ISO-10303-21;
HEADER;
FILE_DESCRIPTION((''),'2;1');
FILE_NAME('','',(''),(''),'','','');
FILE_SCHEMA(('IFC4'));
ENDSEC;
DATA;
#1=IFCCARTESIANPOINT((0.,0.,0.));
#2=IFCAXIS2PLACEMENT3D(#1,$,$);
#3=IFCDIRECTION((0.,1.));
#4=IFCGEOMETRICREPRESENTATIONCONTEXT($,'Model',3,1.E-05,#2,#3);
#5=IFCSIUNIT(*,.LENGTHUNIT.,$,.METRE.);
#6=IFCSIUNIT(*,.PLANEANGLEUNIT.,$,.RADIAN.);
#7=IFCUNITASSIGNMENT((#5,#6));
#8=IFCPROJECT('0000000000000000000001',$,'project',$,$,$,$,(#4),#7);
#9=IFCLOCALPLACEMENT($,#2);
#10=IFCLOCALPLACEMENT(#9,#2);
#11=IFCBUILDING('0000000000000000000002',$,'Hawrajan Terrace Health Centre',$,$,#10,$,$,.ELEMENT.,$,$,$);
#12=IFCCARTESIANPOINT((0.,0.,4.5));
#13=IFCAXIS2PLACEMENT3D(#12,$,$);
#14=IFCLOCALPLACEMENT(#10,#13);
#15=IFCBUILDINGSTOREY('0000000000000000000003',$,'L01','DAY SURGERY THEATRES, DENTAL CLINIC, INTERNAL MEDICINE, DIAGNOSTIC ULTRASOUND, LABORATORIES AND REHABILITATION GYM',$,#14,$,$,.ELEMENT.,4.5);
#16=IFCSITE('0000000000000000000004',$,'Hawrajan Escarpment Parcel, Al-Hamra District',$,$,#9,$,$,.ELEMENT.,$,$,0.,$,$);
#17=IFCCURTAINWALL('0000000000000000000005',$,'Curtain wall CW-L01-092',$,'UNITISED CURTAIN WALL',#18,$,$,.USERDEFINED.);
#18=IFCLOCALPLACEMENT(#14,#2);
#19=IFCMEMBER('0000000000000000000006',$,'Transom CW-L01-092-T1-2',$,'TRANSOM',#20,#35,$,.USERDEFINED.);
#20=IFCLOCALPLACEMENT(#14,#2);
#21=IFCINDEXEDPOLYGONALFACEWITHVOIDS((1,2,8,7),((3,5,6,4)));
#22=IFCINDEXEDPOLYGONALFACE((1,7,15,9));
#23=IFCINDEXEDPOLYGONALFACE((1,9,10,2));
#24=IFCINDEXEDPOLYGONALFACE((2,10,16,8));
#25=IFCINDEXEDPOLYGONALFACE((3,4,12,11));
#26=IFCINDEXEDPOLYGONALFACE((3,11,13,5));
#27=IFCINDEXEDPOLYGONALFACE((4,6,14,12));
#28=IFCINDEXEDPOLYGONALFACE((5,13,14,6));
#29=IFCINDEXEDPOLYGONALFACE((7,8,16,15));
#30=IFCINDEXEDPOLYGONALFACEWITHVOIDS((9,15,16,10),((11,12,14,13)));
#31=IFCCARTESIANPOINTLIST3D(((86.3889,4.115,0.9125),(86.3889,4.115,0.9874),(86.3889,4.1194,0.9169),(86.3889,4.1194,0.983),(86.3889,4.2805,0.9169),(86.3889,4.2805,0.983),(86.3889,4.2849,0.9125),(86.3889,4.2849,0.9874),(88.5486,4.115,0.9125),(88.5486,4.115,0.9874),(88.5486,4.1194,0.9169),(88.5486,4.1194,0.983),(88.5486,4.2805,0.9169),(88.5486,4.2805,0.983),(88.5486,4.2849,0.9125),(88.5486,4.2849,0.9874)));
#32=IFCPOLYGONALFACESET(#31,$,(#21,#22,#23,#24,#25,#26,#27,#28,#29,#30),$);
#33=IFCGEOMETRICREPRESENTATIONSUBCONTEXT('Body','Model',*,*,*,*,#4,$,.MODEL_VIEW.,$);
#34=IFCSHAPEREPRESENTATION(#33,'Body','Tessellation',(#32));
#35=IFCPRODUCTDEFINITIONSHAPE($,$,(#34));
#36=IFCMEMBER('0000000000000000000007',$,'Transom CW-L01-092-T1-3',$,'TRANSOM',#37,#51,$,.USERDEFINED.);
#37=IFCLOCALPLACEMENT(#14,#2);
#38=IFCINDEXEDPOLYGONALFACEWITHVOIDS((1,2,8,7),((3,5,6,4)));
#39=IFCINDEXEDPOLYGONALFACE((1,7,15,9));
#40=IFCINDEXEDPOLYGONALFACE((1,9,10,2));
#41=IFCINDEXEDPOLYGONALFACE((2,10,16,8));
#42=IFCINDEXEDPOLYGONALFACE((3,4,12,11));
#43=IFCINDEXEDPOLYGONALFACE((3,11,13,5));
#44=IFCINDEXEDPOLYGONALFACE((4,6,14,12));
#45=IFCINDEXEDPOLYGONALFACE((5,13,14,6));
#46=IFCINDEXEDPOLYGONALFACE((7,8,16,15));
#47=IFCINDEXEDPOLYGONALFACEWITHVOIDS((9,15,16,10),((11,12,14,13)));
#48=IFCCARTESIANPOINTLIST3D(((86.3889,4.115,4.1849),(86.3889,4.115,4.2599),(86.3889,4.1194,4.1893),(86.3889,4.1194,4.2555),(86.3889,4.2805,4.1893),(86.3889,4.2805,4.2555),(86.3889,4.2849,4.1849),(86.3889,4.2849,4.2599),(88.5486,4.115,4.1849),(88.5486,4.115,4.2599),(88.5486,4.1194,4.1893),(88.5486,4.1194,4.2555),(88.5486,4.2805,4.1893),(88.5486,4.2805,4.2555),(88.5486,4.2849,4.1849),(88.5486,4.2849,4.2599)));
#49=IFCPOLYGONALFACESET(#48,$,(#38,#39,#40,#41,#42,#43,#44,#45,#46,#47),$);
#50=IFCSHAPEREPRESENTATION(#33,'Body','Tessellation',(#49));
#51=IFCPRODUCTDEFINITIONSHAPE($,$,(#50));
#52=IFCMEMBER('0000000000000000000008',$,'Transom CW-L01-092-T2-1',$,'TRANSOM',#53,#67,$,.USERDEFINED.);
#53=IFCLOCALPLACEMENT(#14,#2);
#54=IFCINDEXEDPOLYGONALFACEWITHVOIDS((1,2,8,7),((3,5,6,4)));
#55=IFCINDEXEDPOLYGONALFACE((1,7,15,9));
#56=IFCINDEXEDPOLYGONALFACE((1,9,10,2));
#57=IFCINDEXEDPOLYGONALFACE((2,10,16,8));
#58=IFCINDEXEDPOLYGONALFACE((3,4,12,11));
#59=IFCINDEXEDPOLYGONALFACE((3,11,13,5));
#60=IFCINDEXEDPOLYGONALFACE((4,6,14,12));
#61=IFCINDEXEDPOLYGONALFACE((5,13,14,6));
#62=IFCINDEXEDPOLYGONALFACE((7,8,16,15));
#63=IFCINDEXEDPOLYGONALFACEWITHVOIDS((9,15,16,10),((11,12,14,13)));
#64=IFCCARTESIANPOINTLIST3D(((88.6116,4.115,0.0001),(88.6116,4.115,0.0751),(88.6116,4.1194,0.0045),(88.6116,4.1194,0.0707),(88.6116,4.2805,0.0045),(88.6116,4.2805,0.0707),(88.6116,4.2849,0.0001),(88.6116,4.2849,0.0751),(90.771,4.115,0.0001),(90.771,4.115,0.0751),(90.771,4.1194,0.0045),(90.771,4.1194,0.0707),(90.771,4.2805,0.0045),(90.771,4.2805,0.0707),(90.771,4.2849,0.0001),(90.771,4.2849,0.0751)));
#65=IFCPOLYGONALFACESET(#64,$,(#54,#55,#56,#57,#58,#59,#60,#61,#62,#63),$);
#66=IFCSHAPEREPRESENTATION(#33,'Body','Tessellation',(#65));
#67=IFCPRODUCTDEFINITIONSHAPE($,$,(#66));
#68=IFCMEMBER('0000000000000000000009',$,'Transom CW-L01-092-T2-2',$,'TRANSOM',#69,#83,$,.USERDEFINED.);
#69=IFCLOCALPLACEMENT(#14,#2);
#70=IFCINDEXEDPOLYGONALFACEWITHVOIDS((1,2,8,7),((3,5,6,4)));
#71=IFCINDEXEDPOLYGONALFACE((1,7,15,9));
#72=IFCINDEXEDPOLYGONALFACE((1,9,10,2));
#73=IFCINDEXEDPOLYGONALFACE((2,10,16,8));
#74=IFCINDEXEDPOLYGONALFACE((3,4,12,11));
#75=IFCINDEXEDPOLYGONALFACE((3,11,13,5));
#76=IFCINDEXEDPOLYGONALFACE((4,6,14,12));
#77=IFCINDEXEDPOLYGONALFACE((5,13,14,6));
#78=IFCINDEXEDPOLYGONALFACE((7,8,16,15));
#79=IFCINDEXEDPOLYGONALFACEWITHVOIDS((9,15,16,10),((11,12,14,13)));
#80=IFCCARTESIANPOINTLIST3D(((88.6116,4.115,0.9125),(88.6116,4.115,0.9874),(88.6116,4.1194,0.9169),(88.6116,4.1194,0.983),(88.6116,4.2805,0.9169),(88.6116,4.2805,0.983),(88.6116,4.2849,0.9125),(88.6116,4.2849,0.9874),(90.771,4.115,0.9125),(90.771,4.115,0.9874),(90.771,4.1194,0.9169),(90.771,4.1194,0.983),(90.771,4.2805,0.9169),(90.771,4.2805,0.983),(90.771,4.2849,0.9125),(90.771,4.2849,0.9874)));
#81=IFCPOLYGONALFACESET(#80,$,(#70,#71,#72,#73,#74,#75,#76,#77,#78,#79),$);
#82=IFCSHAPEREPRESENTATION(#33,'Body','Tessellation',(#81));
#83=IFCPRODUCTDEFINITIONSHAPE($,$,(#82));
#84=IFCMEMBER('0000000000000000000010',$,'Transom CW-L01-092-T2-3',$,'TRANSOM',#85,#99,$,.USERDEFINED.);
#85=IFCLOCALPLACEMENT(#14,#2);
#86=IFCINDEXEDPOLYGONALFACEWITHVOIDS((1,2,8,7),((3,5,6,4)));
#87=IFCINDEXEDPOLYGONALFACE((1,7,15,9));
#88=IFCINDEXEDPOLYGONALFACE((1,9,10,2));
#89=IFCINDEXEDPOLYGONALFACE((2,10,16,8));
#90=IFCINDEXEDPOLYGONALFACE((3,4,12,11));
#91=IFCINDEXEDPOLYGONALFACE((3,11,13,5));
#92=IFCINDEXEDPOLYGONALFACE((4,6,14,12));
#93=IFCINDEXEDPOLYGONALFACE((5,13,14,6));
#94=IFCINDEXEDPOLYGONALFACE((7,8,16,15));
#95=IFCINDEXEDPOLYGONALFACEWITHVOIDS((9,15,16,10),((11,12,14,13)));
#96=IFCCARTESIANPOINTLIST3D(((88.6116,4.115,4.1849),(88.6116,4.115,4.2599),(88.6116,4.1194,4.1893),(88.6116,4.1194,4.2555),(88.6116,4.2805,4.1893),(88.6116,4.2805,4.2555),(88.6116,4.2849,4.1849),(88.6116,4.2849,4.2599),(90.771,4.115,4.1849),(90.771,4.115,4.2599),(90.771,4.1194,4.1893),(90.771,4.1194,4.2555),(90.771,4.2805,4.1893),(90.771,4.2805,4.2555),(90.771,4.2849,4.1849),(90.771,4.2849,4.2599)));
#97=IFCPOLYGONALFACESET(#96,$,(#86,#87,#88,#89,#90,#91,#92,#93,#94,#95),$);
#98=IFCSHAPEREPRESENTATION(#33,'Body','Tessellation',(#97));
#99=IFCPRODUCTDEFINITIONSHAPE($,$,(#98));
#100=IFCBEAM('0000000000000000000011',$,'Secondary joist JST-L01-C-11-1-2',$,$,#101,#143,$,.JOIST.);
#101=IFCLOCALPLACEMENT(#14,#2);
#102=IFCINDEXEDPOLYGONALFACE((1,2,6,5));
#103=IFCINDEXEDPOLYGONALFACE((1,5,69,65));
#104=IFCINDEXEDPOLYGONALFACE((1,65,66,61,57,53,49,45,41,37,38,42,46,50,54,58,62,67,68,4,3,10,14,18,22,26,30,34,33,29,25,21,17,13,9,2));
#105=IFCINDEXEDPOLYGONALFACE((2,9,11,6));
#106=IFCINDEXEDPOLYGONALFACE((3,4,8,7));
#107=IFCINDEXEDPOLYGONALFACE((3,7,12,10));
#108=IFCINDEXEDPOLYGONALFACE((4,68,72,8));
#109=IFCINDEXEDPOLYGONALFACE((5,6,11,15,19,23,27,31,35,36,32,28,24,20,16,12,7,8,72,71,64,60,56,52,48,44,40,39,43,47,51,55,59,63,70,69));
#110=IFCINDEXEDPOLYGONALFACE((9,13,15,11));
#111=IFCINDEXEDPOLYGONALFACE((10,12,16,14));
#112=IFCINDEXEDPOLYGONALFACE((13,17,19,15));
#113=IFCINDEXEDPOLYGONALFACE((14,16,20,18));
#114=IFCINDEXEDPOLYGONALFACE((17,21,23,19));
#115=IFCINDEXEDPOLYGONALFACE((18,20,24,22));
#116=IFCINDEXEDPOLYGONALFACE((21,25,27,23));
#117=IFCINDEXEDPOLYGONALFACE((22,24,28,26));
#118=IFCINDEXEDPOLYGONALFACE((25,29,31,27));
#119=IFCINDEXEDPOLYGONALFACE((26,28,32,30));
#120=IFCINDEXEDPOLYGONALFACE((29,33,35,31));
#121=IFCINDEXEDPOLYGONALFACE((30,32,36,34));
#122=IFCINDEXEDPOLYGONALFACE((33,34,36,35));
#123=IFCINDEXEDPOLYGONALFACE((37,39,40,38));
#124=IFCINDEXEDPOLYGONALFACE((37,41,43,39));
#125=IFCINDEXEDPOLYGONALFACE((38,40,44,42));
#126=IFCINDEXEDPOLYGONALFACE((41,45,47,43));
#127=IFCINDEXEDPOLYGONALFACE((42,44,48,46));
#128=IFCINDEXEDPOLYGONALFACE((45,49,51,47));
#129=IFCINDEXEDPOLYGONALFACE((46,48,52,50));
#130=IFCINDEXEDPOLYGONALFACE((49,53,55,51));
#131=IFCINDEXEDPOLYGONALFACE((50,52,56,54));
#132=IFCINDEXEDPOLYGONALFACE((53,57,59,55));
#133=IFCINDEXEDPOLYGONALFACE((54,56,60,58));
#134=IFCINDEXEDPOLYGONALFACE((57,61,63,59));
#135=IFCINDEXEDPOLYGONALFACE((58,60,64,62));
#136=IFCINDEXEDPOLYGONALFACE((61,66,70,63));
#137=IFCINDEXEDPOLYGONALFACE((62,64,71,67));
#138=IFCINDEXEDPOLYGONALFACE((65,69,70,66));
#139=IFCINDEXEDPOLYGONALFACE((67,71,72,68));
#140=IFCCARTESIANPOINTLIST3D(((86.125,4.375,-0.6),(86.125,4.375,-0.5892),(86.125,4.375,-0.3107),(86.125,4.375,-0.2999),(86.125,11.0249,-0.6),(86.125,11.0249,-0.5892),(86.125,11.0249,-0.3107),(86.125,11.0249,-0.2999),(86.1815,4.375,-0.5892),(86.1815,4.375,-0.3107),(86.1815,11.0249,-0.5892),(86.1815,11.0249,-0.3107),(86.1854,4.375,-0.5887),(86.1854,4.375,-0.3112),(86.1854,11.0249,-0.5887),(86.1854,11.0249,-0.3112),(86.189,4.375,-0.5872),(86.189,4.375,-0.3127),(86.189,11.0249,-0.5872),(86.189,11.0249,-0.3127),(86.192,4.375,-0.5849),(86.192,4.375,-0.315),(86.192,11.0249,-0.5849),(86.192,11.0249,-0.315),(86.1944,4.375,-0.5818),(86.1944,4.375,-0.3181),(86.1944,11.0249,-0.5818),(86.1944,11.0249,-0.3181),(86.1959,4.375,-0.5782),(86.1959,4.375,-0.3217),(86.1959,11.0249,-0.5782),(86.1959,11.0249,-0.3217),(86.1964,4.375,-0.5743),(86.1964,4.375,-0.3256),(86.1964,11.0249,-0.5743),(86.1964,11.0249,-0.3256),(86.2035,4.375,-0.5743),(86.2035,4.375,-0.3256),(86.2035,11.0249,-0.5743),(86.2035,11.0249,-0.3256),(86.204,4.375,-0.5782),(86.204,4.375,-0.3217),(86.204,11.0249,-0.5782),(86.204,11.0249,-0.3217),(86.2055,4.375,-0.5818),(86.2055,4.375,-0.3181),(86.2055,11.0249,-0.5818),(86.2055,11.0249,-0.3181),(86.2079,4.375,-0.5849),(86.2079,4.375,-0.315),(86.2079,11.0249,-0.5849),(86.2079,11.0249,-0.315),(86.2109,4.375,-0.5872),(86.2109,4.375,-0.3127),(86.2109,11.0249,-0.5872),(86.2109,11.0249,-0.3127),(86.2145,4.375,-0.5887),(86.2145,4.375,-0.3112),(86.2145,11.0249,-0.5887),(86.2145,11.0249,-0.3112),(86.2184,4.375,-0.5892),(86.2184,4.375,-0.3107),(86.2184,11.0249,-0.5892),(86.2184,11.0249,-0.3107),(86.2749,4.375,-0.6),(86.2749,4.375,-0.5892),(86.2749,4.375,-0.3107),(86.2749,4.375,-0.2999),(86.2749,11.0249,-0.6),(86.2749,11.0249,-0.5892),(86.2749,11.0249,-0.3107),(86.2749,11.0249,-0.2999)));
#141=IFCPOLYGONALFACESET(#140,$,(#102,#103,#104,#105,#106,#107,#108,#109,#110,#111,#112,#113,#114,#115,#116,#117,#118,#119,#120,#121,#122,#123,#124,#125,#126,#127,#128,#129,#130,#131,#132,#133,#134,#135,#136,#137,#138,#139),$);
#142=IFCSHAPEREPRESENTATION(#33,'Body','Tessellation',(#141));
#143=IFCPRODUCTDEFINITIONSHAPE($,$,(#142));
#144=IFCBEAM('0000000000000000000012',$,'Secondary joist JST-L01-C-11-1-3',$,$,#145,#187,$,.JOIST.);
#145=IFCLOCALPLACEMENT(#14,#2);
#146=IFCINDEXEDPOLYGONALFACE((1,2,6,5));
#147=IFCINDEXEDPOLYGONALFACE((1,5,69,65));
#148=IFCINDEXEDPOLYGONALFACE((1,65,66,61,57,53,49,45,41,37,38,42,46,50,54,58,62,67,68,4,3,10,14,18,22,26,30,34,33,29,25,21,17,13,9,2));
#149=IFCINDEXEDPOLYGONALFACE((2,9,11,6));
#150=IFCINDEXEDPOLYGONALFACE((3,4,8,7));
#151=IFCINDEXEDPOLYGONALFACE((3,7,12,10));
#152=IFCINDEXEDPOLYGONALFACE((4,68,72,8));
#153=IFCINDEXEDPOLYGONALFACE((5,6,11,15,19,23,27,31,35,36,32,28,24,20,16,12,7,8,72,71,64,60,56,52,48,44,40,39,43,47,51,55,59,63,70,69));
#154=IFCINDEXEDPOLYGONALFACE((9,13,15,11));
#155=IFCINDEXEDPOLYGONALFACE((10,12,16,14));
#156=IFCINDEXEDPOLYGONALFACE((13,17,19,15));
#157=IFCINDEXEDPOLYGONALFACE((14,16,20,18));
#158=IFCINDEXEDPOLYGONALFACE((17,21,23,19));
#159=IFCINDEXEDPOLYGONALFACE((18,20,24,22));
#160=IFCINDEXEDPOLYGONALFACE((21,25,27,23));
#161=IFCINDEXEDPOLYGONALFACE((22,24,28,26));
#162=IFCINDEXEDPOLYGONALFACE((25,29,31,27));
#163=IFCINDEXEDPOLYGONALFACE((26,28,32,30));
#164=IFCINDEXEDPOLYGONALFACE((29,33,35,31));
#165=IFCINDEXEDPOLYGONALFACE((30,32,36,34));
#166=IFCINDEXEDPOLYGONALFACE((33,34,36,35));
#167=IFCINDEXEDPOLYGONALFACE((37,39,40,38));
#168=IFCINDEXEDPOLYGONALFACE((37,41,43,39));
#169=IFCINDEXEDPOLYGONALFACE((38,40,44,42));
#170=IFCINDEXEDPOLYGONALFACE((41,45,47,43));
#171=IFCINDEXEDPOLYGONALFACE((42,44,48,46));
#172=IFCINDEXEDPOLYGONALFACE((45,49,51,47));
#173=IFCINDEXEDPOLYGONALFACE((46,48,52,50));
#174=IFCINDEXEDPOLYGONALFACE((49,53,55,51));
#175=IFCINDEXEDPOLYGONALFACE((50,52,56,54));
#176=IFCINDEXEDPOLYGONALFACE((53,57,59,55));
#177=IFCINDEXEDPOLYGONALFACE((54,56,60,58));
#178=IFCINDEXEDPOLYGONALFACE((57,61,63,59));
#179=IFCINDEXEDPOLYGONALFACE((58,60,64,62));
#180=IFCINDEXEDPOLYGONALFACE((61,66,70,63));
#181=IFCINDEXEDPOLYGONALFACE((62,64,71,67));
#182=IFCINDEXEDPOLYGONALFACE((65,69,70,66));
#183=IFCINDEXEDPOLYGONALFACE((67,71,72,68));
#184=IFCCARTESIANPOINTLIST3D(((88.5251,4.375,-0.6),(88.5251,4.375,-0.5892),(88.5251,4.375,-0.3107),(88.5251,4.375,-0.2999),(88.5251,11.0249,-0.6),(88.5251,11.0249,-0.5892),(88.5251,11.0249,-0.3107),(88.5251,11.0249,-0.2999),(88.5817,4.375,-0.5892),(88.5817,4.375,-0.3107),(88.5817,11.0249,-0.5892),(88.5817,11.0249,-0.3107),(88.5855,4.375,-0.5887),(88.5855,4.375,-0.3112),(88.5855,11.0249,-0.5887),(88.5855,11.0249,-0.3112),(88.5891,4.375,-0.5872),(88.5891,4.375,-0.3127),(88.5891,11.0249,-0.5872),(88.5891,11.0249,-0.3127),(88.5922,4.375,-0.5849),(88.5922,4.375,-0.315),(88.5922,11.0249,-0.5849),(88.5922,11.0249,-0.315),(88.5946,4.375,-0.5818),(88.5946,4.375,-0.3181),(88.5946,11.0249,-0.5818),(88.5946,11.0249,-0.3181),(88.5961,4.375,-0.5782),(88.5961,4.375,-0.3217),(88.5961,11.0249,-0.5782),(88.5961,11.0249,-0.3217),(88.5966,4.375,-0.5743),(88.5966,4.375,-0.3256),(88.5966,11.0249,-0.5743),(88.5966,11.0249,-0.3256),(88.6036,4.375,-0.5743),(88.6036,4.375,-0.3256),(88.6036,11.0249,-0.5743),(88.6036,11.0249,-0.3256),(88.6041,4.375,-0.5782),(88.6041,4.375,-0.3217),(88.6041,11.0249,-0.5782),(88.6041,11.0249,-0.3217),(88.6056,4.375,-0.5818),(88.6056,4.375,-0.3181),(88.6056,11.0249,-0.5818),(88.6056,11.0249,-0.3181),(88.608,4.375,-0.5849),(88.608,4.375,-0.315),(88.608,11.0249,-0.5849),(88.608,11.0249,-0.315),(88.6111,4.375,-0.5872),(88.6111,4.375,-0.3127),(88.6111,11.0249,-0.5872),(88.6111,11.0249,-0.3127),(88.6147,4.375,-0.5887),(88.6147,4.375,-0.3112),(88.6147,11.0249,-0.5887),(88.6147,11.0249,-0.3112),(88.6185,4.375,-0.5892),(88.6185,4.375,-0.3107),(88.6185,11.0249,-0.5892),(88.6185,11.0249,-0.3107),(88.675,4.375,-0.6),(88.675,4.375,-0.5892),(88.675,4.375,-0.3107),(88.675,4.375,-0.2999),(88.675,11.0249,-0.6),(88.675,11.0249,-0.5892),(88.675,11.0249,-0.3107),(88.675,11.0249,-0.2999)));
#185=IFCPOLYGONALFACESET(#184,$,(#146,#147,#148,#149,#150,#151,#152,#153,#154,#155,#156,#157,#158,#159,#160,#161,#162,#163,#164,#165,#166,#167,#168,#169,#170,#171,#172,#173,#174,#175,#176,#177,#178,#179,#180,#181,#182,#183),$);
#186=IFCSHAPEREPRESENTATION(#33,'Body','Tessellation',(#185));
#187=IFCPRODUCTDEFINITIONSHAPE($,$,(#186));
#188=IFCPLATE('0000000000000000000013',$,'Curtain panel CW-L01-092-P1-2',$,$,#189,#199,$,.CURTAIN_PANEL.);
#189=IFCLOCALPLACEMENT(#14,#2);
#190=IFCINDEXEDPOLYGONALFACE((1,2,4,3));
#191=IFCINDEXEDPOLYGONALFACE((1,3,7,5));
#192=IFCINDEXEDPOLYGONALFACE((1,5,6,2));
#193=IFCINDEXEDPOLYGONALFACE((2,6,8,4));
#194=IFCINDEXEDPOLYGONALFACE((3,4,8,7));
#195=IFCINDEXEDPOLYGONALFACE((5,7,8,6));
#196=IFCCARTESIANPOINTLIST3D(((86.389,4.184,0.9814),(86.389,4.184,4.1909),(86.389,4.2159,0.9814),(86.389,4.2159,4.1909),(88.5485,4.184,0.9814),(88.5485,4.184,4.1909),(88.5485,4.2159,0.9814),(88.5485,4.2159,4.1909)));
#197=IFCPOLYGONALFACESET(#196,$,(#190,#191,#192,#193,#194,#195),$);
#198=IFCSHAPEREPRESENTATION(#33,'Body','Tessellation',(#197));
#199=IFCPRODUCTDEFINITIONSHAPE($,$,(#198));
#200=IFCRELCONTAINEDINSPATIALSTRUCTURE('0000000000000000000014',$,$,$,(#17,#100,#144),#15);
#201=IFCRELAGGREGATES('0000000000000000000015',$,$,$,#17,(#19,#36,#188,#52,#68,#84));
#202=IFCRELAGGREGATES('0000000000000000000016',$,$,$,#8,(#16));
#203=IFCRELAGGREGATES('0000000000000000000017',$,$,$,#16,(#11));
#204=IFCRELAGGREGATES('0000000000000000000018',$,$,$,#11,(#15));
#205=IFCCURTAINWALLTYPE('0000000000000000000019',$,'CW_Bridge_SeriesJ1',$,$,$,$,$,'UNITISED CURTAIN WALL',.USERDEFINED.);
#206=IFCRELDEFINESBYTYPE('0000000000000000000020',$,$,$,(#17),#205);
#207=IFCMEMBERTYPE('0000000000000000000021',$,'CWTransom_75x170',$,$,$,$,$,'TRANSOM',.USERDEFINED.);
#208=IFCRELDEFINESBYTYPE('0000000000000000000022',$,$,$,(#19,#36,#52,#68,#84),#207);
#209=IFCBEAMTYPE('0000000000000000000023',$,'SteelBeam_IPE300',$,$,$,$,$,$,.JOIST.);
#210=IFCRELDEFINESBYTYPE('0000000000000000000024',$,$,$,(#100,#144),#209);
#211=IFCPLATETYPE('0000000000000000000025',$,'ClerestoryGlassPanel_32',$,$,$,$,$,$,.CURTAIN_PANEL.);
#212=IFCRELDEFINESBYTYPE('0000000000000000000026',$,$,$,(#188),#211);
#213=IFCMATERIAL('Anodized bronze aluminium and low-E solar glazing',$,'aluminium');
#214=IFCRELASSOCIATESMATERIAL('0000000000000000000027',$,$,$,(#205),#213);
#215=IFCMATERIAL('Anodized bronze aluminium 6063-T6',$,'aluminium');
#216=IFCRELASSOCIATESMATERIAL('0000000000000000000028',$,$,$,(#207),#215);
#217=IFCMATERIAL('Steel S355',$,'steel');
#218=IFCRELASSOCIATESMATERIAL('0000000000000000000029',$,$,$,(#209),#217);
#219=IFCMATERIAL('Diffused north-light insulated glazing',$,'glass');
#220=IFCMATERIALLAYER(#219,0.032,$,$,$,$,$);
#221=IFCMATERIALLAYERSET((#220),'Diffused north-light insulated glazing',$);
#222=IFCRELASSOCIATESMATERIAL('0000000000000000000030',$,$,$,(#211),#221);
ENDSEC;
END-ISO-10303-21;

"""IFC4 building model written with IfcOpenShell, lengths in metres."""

from ifc_helpers import new_model, si_unit, direction, frame, origin, origin_2d, place, context, subcontext, project, spatial, rectangle, hollow_rectangle, i_section, extrude, material, layer, layer_set, material_profile, profile_set, type_object, element, aggregate, save


model = new_model("IFC4")

# Units and contexts
model_context = context("Model", 3, precision=1e-05, world=origin(), true_north=direction((0.0, 1.0)))
body_context = subcontext(model_context, "Body", "Model", "MODEL_VIEW")
ifc_project = project(units=[si_unit("LENGTHUNIT", "METRE"), si_unit("PLANEANGLEUNIT", "RADIAN")], contexts=[model_context])

# Site, building, storey
site_placement = place(None, origin())
site = spatial("IfcSite", under=ifc_project, at=site_placement, Name="Hawrajan Escarpment Parcel, Al-Hamra District", CompositionType="ELEMENT", RefElevation=0.0)
building_placement = place(site_placement, origin())
building = spatial("IfcBuilding", under=site, at=building_placement, Name="Hawrajan Terrace Health Centre", CompositionType="ELEMENT")
storey_placement = place(building_placement, frame((0.0, 0.0, 4.5)))
storey = spatial("IfcBuildingStorey", under=building, at=storey_placement, Name="L01", Description="DAY SURGERY THEATRES, DENTAL CLINIC, INTERNAL MEDICINE, DIAGNOSTIC ULTRASOUND, LABORATORIES AND REHABILITATION GYM", CompositionType="ELEMENT", Elevation=4.5)

# Curtain wall
ifc_material_1 = material(Name="Anodized bronze aluminium and low-E solar glazing", Category="aluminium")
ifc_material_2 = material(Name="Anodized bronze aluminium 6063-T6", Category="aluminium")
curtain_wall_type_1 = type_object("IfcCurtainWallType", Name="CW_Bridge_SeriesJ1", ElementType="UNITISED CURTAIN WALL", PredefinedType="USERDEFINED", material=ifc_material_1)
curtain_wall_1_placement = place(storey_placement, origin())
curtain_wall_1 = element("IfcCurtainWall", 1, at=curtain_wall_1_placement, inside=storey, type_object=curtain_wall_type_1, Name="Curtain wall CW-L01-092", ObjectType="UNITISED CURTAIN WALL", PredefinedType="USERDEFINED")

# Members
ifc_material_profile_1 = material_profile(ifc_material_2, hollow_rectangle(XDim=0.075, YDim=0.1699, WallThickness=0.0044, at=origin_2d()), Name="CW TRN 75x170")
ifc_profile_set_1 = profile_set([ifc_material_profile_1], Name="Anodized bronze aluminium 6063-T6")
member_type_1 = type_object("IfcMemberType", Name="CWTransom_75x170", ElementType="TRANSOM", PredefinedType="USERDEFINED", material=ifc_profile_set_1)
member_1_placement = place(storey_placement, frame((86.3889, 4.2, 0.95), z_axis=(1.0, 0.0, 0.0), x_axis=(0.0, 0.0, 1.0)))
member_1 = element("IfcMember", 2, at=member_1_placement, type_object=member_type_1, Name="Transom CW-L01-092-T1-2", ObjectType="TRANSOM", PredefinedType="USERDEFINED", context=body_context, shape_type="SweptSolid", body=[
    extrude(hollow_rectangle(XDim=0.075, YDim=0.1699, WallThickness=0.0044, at=origin_2d()), origin(), (0.0, 0.0, 1.0), 2.1597),
])
member_2_placement = place(storey_placement, frame((86.3889, 4.2, 4.2224), z_axis=(1.0, 0.0, 0.0), x_axis=(0.0, 0.0, 1.0)))
member_2 = element("IfcMember", 3, at=member_2_placement, type_object=member_type_1, Name="Transom CW-L01-092-T1-3", ObjectType="TRANSOM", PredefinedType="USERDEFINED", context=body_context, shape_type="SweptSolid", body=[
    extrude(hollow_rectangle(XDim=0.075, YDim=0.1699, WallThickness=0.0044, at=origin_2d()), origin(), (0.0, 0.0, 1.0), 2.1597),
])
member_3_placement = place(storey_placement, frame((88.6116, 4.2, 0.0376), z_axis=(1.0, 0.0, 0.0), x_axis=(0.0, 0.0, 1.0)))
member_3 = element("IfcMember", 4, at=member_3_placement, type_object=member_type_1, Name="Transom CW-L01-092-T2-1", ObjectType="TRANSOM", PredefinedType="USERDEFINED", context=body_context, shape_type="SweptSolid", body=[
    extrude(hollow_rectangle(XDim=0.075, YDim=0.1699, WallThickness=0.0044, at=origin_2d()), origin(), (0.0, 0.0, 1.0), 2.1594),
])
member_4_placement = place(storey_placement, frame((88.6116, 4.2, 0.95), z_axis=(1.0, 0.0, 0.0), x_axis=(0.0, 0.0, 1.0)))
member_4 = element("IfcMember", 5, at=member_4_placement, type_object=member_type_1, Name="Transom CW-L01-092-T2-2", ObjectType="TRANSOM", PredefinedType="USERDEFINED", context=body_context, shape_type="SweptSolid", body=[
    extrude(hollow_rectangle(XDim=0.075, YDim=0.1699, WallThickness=0.0044, at=origin_2d()), origin(), (0.0, 0.0, 1.0), 2.1594),
])
member_5_placement = place(storey_placement, frame((88.6116, 4.2, 4.2224), z_axis=(1.0, 0.0, 0.0), x_axis=(0.0, 0.0, 1.0)))
member_5 = element("IfcMember", 6, at=member_5_placement, type_object=member_type_1, Name="Transom CW-L01-092-T2-3", ObjectType="TRANSOM", PredefinedType="USERDEFINED", context=body_context, shape_type="SweptSolid", body=[
    extrude(hollow_rectangle(XDim=0.075, YDim=0.1699, WallThickness=0.0044, at=origin_2d()), origin(), (0.0, 0.0, 1.0), 2.1594),
])

# Beams
ifc_material_3 = material(Name="Steel S355", Category="steel")
ifc_material_profile_2 = material_profile(ifc_material_3, i_section(OverallWidth=0.1499, OverallDepth=0.3, WebThickness=0.0071, FlangeThickness=0.0107, FilletRadius=0.0149, at=origin_2d()), Name="IPE 300")
ifc_profile_set_2 = profile_set([ifc_material_profile_2], Name="Steel S355")
beam_type = type_object("IfcBeamType", Name="SteelBeam_IPE300", PredefinedType="JOIST", material=ifc_profile_set_2)
for number, where, z_axis, x_axis, name in (
    (7, (86.2, 4.375, -0.45), (0.0, 1.0, 0.0), (-1.0, 0.0, 0.0), "Secondary joist JST-L01-C-11-1-2"),
    (8, (88.6001, 4.375, -0.45), (0.0, 1.0, 0.0), (-1.0, 0.0, 0.0), "Secondary joist JST-L01-C-11-1-3"),
):
    element("IfcBeam", number, at=place(storey_placement, frame(where, z_axis=z_axis, x_axis=x_axis)), inside=storey, type_object=beam_type, Name=name, PredefinedType="JOIST", context=body_context, shape_type="SweptSolid", body=[
        extrude(i_section(OverallWidth=0.1499, OverallDepth=0.3, WebThickness=0.0071, FlangeThickness=0.0107, FilletRadius=0.0149, at=origin_2d()), origin(), (0.0, 0.0, 1.0), 6.6499),
    ])

# Plate
ifc_material_4 = material(Name="Diffused north-light insulated glazing", Category="glass")
ifc_layer_1 = layer(ifc_material_4, 0.032)
ifc_layer_set_1 = layer_set([ifc_layer_1], Name="Diffused north-light insulated glazing")
plate_type_1 = type_object("IfcPlateType", Name="ClerestoryGlassPanel_32", PredefinedType="CURTAIN_PANEL", material=ifc_layer_set_1)
plate_1_placement = place(storey_placement, frame((87.4688, 4.2, 0.9814), z_axis=(0.0, 0.0, 1.0), x_axis=(1.0, 0.0, 0.0)))
plate_1 = element("IfcPlate", 9, at=plate_1_placement, type_object=plate_type_1, Name="Curtain panel CW-L01-092-P1-2", PredefinedType="CURTAIN_PANEL", context=body_context, shape_type="SweptSolid", body=[
    extrude(rectangle(XDim=2.1594, YDim=0.032, at=origin_2d()), origin(), (0.0, 0.0, 1.0), 3.2095),
])
aggregate(curtain_wall_1, [member_1, member_2, plate_1, member_3, member_4, member_5])

save(model, "model.ifc")
